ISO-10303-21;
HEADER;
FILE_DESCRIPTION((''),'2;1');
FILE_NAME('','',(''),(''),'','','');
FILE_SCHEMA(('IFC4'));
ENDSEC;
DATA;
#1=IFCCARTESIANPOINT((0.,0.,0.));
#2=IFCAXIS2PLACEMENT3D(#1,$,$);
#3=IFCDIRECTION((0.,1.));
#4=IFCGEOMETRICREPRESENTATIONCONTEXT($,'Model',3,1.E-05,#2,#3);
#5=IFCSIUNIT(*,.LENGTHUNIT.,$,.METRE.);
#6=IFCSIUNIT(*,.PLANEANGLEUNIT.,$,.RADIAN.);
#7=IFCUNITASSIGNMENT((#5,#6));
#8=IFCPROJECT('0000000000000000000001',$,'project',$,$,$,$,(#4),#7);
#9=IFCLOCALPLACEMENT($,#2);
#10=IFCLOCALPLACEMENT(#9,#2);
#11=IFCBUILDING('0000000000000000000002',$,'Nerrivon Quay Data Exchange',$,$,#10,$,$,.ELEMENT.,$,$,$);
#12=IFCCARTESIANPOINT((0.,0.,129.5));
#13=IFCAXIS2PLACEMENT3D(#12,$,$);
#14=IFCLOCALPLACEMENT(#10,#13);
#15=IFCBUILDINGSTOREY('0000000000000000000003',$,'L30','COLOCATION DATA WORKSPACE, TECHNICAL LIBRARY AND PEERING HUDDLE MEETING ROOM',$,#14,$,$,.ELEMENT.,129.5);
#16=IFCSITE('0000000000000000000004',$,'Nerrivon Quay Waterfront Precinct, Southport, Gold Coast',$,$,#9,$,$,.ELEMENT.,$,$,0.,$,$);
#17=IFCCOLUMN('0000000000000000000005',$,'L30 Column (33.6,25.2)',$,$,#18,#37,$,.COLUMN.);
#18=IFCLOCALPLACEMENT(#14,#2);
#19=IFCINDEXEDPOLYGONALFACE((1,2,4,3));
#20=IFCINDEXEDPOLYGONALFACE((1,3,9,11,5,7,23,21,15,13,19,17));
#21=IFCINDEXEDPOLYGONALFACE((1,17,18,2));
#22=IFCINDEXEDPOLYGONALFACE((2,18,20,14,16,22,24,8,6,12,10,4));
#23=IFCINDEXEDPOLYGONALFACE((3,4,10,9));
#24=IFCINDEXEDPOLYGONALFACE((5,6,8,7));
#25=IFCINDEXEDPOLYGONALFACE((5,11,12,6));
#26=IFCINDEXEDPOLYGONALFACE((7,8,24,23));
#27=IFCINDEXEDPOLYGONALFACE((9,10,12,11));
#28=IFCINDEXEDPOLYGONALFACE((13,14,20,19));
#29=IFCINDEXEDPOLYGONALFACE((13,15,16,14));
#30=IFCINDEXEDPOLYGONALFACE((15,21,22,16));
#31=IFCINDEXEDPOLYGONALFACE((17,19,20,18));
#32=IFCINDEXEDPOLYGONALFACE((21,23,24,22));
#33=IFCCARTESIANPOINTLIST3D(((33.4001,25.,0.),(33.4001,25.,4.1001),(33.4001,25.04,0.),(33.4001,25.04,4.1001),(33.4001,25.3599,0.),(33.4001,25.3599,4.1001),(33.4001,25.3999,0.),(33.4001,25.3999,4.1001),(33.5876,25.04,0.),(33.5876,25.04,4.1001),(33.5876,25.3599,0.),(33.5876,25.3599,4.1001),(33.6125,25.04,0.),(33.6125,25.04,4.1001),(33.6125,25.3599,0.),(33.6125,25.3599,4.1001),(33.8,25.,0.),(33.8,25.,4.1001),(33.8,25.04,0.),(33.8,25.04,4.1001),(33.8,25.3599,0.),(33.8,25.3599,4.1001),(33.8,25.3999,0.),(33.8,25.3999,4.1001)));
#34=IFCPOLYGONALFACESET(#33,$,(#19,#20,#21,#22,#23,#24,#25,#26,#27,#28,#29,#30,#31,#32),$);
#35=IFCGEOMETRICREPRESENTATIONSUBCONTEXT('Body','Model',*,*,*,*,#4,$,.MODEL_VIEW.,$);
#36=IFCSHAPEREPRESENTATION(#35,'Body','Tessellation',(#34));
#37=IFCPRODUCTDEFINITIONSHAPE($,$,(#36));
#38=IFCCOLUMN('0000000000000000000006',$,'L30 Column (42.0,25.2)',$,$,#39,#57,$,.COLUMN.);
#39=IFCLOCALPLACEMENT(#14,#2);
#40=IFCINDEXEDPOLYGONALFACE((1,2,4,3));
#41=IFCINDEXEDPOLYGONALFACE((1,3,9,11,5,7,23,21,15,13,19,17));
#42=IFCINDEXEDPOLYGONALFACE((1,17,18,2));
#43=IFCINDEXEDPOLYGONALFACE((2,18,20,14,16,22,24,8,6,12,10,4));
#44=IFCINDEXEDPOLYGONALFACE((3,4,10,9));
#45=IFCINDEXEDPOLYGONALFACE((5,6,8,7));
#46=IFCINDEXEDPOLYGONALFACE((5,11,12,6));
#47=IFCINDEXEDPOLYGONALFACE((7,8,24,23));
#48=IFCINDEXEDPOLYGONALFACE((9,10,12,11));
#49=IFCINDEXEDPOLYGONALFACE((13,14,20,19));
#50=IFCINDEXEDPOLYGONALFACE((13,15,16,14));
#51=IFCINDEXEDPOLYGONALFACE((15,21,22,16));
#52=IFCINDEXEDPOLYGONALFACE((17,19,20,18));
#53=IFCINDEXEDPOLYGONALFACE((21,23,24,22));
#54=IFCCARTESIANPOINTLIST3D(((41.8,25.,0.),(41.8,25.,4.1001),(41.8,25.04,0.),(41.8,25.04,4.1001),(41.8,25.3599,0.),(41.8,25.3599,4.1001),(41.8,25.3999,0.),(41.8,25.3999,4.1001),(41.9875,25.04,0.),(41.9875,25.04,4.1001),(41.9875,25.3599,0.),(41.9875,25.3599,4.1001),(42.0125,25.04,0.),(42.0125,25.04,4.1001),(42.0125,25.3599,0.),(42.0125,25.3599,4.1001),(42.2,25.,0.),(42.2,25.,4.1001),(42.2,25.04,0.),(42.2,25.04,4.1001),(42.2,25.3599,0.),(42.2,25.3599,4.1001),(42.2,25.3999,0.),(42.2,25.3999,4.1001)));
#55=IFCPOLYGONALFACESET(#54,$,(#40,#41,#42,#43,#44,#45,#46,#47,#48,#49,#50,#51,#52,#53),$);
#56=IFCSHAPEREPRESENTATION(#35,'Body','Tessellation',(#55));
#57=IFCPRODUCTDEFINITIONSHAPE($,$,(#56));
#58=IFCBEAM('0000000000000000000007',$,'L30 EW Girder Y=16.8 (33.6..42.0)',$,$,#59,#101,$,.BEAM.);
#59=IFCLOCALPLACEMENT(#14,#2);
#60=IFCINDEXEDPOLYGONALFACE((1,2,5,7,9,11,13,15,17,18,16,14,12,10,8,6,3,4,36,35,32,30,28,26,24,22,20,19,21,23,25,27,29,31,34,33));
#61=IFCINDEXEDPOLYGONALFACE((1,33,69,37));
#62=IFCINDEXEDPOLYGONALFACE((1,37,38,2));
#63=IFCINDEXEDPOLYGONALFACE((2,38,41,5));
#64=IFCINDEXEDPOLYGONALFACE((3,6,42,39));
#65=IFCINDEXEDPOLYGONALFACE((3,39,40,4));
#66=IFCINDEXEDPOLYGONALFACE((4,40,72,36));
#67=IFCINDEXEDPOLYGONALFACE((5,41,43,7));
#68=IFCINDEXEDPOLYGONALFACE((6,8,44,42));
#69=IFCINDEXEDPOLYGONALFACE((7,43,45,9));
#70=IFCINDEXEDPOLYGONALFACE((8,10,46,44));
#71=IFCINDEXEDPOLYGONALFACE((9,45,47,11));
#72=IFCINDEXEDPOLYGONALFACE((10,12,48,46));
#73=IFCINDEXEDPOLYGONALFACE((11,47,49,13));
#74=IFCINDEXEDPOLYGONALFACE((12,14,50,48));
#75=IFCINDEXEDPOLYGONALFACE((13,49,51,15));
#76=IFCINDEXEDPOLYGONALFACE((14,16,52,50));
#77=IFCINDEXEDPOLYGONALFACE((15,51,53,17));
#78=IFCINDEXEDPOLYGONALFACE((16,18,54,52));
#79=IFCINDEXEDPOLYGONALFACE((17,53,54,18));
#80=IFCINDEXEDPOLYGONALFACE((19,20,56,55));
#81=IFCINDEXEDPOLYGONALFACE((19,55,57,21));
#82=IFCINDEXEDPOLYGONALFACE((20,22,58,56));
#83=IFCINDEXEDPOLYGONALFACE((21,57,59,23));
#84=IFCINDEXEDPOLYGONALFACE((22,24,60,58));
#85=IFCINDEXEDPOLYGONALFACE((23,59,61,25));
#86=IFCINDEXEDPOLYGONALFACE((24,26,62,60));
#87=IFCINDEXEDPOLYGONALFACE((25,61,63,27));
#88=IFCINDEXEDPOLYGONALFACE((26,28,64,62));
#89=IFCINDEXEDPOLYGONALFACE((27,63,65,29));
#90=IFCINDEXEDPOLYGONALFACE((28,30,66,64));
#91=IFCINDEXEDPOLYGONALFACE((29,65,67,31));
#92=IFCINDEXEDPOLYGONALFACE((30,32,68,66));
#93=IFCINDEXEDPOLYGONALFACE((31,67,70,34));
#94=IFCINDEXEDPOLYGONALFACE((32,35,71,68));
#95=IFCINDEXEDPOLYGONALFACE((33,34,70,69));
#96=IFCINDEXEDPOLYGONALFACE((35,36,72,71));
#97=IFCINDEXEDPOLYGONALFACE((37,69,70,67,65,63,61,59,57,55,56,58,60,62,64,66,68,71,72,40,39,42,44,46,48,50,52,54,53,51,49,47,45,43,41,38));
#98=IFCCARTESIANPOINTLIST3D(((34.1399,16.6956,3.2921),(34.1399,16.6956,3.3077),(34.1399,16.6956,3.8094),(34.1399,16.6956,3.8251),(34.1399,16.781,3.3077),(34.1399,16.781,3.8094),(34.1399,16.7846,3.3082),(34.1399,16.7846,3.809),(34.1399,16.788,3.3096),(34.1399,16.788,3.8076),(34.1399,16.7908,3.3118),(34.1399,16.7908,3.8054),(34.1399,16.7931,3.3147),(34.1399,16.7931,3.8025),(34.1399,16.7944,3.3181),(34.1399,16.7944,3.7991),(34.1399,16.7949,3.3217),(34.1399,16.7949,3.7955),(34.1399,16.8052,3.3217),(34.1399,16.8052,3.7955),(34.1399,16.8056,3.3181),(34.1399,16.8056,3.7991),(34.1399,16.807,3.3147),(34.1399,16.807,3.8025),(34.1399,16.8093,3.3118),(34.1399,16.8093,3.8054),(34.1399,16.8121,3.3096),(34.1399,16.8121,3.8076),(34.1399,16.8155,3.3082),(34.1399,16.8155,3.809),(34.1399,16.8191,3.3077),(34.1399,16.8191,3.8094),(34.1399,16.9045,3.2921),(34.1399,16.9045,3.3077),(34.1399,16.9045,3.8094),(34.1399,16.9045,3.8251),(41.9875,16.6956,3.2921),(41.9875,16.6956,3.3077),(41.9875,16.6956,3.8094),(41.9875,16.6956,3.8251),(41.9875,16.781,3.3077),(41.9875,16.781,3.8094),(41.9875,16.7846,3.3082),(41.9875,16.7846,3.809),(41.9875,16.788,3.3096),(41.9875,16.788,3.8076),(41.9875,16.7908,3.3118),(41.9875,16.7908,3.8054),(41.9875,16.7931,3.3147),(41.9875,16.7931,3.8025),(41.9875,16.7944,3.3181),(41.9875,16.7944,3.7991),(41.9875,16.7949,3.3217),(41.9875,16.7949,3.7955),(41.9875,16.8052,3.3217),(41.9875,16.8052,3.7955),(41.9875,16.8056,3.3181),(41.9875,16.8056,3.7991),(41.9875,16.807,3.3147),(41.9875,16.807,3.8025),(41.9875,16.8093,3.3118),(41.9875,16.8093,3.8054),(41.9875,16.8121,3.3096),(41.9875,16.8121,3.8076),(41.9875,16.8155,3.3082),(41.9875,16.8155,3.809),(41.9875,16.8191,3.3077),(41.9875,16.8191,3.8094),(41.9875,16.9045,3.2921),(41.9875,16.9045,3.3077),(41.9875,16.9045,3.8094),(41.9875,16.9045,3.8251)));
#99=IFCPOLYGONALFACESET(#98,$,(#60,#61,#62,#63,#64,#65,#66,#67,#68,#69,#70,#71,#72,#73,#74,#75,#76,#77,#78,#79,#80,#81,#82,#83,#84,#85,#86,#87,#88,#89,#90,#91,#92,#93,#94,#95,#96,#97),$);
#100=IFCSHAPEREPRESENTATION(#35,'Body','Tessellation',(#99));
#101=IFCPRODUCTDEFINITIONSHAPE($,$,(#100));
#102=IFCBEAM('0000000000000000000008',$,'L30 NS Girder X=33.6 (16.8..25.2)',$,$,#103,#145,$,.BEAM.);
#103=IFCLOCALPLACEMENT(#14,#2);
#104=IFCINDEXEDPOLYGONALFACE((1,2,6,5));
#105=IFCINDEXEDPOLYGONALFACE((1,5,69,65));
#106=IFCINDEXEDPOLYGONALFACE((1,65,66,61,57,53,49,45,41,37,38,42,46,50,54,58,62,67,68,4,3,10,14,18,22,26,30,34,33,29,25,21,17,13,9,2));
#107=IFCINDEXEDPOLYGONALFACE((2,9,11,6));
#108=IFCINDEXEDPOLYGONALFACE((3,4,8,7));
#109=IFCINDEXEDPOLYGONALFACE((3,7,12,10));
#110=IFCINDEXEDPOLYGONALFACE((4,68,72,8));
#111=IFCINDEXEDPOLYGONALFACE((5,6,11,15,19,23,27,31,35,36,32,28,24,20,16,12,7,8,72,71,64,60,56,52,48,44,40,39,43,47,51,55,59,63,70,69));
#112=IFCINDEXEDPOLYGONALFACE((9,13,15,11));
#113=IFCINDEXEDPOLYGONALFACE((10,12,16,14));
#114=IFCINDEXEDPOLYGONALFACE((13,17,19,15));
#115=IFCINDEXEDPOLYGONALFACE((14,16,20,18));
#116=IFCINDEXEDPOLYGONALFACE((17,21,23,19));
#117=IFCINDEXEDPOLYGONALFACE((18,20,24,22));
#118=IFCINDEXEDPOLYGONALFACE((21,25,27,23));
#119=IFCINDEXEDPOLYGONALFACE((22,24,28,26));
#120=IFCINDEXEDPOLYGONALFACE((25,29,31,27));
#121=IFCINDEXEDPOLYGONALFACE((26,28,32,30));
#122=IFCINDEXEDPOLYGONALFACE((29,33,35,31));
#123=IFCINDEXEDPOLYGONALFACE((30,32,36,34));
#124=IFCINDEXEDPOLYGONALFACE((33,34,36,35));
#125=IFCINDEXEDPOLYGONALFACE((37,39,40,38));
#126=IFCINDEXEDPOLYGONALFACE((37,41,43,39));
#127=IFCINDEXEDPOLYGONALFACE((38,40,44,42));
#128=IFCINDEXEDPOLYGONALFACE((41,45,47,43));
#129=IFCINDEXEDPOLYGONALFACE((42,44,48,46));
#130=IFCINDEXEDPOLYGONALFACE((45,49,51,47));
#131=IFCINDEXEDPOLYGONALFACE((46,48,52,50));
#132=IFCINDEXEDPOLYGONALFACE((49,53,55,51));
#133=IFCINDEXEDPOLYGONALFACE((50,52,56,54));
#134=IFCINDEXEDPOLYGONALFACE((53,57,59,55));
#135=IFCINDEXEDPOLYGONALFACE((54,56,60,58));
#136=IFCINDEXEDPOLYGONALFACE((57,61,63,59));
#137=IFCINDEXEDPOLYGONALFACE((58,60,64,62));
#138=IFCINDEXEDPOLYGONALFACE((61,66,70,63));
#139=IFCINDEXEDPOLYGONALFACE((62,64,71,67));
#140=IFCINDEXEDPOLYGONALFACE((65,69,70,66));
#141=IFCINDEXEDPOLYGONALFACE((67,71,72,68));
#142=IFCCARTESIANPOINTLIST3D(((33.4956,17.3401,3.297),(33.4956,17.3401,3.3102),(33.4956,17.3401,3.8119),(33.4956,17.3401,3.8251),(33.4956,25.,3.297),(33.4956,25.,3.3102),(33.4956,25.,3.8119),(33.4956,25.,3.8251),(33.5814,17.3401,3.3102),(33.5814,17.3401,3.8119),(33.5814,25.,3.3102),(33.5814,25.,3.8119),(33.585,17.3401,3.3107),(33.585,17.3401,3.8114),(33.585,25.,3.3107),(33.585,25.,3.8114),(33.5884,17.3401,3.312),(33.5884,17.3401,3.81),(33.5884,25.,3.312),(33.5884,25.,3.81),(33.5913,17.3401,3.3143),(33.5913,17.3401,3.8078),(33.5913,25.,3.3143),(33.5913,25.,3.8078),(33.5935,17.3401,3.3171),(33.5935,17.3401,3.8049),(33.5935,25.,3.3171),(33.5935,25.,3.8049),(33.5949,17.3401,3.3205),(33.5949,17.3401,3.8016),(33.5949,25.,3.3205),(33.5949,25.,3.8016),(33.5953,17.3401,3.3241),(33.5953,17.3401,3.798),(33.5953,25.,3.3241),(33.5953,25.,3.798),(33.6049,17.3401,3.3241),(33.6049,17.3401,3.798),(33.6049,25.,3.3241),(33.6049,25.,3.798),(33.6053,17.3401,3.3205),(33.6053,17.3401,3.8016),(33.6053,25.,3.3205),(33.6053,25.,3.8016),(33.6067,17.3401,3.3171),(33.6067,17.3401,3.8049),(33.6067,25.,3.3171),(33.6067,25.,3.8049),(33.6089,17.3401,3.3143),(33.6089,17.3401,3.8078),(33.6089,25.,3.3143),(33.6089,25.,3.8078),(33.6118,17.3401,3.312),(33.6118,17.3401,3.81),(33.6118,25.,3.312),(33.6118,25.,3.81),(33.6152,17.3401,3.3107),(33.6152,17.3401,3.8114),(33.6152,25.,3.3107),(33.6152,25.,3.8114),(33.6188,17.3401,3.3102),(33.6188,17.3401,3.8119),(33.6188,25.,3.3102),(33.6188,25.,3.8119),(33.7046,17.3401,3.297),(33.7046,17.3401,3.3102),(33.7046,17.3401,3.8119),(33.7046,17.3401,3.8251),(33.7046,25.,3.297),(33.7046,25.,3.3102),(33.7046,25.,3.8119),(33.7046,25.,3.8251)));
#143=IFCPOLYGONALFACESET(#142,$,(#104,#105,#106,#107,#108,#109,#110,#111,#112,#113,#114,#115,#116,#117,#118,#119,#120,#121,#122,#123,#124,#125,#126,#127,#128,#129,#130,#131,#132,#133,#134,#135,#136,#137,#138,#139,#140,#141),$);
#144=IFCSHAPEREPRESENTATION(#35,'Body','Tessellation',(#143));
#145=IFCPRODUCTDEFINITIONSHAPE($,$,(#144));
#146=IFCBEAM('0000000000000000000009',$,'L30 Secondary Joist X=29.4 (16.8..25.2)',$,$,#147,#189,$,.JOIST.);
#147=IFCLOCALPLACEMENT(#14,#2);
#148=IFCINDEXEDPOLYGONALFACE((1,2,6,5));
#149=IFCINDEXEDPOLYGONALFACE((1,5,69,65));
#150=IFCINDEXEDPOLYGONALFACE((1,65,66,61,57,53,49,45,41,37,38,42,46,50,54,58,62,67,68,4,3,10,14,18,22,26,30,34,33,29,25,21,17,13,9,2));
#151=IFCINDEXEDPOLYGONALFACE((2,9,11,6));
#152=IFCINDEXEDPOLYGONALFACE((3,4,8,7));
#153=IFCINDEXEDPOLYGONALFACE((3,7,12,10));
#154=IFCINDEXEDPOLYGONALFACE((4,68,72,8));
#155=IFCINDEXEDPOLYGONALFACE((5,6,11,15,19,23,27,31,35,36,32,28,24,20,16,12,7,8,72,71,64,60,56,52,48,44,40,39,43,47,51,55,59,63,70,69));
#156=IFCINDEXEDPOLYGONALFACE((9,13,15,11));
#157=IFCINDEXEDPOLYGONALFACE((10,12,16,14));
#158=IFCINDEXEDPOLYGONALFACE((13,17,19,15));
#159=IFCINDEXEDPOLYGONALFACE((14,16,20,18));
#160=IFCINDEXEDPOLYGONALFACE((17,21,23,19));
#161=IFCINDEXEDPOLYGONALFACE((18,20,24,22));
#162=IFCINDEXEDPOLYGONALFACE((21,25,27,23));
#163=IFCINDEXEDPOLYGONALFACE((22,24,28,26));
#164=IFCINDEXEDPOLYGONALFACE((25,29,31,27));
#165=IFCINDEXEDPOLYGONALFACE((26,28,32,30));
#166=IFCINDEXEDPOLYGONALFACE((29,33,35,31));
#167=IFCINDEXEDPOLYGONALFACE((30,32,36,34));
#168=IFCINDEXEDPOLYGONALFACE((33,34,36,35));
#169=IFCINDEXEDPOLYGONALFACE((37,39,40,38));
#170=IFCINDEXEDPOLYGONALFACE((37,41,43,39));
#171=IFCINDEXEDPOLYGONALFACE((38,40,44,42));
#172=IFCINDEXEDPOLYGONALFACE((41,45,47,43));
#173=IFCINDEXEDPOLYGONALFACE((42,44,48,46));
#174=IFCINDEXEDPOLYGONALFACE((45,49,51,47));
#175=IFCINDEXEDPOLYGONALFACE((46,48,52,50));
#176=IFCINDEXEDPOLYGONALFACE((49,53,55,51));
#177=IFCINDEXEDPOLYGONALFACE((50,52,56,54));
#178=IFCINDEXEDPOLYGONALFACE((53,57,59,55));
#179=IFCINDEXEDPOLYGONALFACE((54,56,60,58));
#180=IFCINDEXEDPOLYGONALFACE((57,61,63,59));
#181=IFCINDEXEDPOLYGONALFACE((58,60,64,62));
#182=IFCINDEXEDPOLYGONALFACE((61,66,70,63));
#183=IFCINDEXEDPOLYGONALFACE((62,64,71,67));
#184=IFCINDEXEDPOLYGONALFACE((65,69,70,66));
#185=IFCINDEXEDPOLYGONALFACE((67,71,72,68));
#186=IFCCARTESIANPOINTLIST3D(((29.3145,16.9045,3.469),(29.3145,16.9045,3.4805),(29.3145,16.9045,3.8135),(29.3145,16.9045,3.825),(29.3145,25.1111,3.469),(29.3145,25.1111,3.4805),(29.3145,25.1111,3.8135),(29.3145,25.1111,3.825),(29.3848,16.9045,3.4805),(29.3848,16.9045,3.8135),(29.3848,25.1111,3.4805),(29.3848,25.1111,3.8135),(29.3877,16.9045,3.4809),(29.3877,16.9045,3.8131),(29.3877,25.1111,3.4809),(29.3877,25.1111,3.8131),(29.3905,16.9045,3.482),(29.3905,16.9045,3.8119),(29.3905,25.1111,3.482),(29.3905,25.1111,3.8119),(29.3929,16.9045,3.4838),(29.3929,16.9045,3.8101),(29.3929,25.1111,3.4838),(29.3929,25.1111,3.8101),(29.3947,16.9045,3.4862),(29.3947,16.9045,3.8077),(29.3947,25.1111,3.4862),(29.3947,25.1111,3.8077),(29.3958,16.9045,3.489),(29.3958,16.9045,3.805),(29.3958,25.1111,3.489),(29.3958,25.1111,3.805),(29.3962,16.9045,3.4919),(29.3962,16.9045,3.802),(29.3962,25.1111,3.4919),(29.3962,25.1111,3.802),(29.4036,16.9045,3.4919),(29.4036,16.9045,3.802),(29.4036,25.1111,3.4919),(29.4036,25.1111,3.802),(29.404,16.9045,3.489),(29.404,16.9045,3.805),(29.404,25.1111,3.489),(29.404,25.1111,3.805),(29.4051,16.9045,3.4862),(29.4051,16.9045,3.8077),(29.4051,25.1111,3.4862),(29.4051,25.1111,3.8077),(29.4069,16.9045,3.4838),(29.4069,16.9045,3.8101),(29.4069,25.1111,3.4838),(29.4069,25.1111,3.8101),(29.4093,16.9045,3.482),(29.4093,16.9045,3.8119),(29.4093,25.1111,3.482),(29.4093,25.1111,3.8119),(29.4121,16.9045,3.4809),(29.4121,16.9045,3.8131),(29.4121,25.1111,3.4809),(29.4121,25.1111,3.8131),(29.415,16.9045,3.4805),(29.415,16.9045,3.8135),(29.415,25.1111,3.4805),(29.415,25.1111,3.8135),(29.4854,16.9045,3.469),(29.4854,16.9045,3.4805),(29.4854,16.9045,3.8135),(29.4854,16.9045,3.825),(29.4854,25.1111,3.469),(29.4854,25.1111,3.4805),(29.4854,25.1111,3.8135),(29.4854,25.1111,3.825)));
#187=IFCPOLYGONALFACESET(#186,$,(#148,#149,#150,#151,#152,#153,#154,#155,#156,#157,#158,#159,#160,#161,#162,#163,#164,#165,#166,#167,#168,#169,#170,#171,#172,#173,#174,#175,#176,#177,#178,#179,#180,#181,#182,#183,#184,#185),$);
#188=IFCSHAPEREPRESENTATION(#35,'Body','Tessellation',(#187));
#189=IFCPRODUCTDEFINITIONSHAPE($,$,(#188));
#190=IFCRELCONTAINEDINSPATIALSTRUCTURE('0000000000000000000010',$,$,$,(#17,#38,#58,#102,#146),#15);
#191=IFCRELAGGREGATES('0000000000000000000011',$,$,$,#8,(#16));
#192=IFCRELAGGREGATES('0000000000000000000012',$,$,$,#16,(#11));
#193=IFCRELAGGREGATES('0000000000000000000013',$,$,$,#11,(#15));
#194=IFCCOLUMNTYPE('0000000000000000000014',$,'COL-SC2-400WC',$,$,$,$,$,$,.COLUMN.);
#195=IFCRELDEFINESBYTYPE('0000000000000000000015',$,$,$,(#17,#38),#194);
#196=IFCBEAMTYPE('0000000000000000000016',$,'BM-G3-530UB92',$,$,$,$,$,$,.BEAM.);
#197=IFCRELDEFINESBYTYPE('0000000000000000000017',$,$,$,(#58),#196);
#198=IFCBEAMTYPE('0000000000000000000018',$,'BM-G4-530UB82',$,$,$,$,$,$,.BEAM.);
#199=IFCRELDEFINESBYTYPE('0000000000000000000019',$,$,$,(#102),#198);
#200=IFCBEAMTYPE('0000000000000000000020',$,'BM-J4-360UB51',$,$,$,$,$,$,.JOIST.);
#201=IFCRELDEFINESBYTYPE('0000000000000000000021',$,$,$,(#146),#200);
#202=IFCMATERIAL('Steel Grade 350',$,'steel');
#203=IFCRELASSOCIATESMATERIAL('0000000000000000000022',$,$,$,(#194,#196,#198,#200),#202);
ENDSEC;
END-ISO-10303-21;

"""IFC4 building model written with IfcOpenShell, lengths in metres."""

from ifc_helpers import new_model, si_unit, direction, frame, origin, origin_2d, place, context, subcontext, project, spatial, i_section, extrude, material, material_profile, profile_set, type_object, element, save


model = new_model("IFC4")

# Units and contexts
model_context = context("Model", 3, precision=1e-05, world=origin(), true_north=direction((0.0, 1.0)))
body_context = subcontext(model_context, "Body", "Model", "MODEL_VIEW")
ifc_project = project(units=[si_unit("LENGTHUNIT", "METRE"), si_unit("PLANEANGLEUNIT", "RADIAN")], contexts=[model_context])

# Site, building, storey
site_placement = place(None, origin())
site = spatial("IfcSite", under=ifc_project, at=site_placement, Name="Nerrivon Quay Waterfront Precinct, Southport, Gold Coast", CompositionType="ELEMENT", RefElevation=0.0)
building_placement = place(site_placement, origin())
building = spatial("IfcBuilding", under=site, at=building_placement, Name="Nerrivon Quay Data Exchange", CompositionType="ELEMENT")
storey_placement = place(building_placement, frame((0.0, 0.0, 129.5)))
storey = spatial("IfcBuildingStorey", under=building, at=storey_placement, Name="L30", Description="COLOCATION DATA WORKSPACE, TECHNICAL LIBRARY AND PEERING HUDDLE MEETING ROOM", CompositionType="ELEMENT", Elevation=129.5)

# Columns
ifc_material_1 = material(Name="Steel Grade 350", Category="steel")
ifc_material_profile_1 = material_profile(ifc_material_1, i_section(OverallWidth=0.3999, OverallDepth=0.3999, WebThickness=0.0249, FlangeThickness=0.04, at=origin_2d()), Name="400WC328")
ifc_profile_set_1 = profile_set([ifc_material_profile_1], Name="Steel Grade 350")
column_type = type_object("IfcColumnType", Name="COL-SC2-400WC", PredefinedType="COLUMN", material=ifc_profile_set_1)
for number, where, z_axis, x_axis, name in (
    (1, (33.6001, 25.2, 0.0), (0.0, 0.0, 1.0), (1.0, 0.0, 0.0), "L30 Column (33.6,25.2)"),
    (2, (42.0, 25.2, 0.0), (0.0, 0.0, 1.0), (1.0, 0.0, 0.0), "L30 Column (42.0,25.2)"),
):
    element("IfcColumn", number, at=place(storey_placement, frame(where, z_axis=z_axis, x_axis=x_axis)), inside=storey, type_object=column_type, Name=name, PredefinedType="COLUMN", context=body_context, shape_type="SweptSolid", body=[
        extrude(i_section(OverallWidth=0.3999, OverallDepth=0.3999, WebThickness=0.0249, FlangeThickness=0.04, at=origin_2d()), origin(), (0.0, 0.0, 1.0), 4.1001),
    ])

# Beams
ifc_material_profile_2 = material_profile(ifc_material_1, i_section(OverallWidth=0.209, OverallDepth=0.533, WebThickness=0.0103, FlangeThickness=0.0156, FilletRadius=0.0139, at=origin_2d()), Name="530UB92.4")
ifc_profile_set_2 = profile_set([ifc_material_profile_2], Name="Steel Grade 350")
beam_type_1 = type_object("IfcBeamType", Name="BM-G3-530UB92", PredefinedType="BEAM", material=ifc_profile_set_2)
beam_1_placement = place(storey_placement, frame((34.1399, 16.8, 3.5586), z_axis=(1.0, 0.0, 0.0), x_axis=(0.0, 1.0, 0.0)))
element("IfcBeam", 3, at=beam_1_placement, inside=storey, type_object=beam_type_1, Name="L30 EW Girder Y=16.8 (33.6..42.0)", PredefinedType="BEAM", context=body_context, shape_type="SweptSolid", body=[
    extrude(i_section(OverallWidth=0.209, OverallDepth=0.533, WebThickness=0.0103, FlangeThickness=0.0156, FilletRadius=0.0139, at=origin_2d()), origin(), (0.0, 0.0, 1.0), 7.8477),
])
ifc_material_profile_3 = material_profile(ifc_material_1, i_section(OverallWidth=0.209, OverallDepth=0.5281, WebThickness=0.0095, FlangeThickness=0.0132, FilletRadius=0.0139, at=origin_2d()), Name="530UB82.0")
ifc_profile_set_3 = profile_set([ifc_material_profile_3], Name="Steel Grade 350")
beam_type_2 = type_object("IfcBeamType", Name="BM-G4-530UB82", PredefinedType="BEAM", material=ifc_profile_set_3)
beam_2_placement = place(storey_placement, frame((33.6001, 17.3401, 3.561), z_axis=(0.0, 1.0, 0.0), x_axis=(-1.0, 0.0, 0.0)))
element("IfcBeam", 4, at=beam_2_placement, inside=storey, type_object=beam_type_2, Name="L30 NS Girder X=33.6 (16.8..25.2)", PredefinedType="BEAM", context=body_context, shape_type="SweptSolid", body=[
    extrude(i_section(OverallWidth=0.209, OverallDepth=0.5281, WebThickness=0.0095, FlangeThickness=0.0132, FilletRadius=0.0139, at=origin_2d()), origin(), (0.0, 0.0, 1.0), 7.6599),
])
ifc_material_profile_4 = material_profile(ifc_material_1, i_section(OverallWidth=0.1709, OverallDepth=0.356, WebThickness=0.0073, FlangeThickness=0.0115, FilletRadius=0.0115, at=origin_2d()), Name="360UB50.7")
ifc_profile_set_4 = profile_set([ifc_material_profile_4], Name="Steel Grade 350")
beam_type_3 = type_object("IfcBeamType", Name="BM-J4-360UB51", PredefinedType="JOIST", material=ifc_profile_set_4)
for number, where, z_axis, x_axis, name in (
    (5, (29.3999, 16.9045, 3.647), (0.0, 1.0, 0.0), (-1.0, 0.0, 0.0), "L30 Secondary Joist X=29.4 (16.8..25.2)"),
):
    element("IfcBeam", number, at=place(storey_placement, frame(where, z_axis=z_axis, x_axis=x_axis)), inside=storey, type_object=beam_type_3, Name=name, PredefinedType="JOIST", context=body_context, shape_type="SweptSolid", body=[
        extrude(i_section(OverallWidth=0.1709, OverallDepth=0.356, WebThickness=0.0073, FlangeThickness=0.0115, FilletRadius=0.0115, at=origin_2d()), origin(), (0.0, 0.0, 1.0), 8.2065),
    ])

save(model, "model.ifc")
